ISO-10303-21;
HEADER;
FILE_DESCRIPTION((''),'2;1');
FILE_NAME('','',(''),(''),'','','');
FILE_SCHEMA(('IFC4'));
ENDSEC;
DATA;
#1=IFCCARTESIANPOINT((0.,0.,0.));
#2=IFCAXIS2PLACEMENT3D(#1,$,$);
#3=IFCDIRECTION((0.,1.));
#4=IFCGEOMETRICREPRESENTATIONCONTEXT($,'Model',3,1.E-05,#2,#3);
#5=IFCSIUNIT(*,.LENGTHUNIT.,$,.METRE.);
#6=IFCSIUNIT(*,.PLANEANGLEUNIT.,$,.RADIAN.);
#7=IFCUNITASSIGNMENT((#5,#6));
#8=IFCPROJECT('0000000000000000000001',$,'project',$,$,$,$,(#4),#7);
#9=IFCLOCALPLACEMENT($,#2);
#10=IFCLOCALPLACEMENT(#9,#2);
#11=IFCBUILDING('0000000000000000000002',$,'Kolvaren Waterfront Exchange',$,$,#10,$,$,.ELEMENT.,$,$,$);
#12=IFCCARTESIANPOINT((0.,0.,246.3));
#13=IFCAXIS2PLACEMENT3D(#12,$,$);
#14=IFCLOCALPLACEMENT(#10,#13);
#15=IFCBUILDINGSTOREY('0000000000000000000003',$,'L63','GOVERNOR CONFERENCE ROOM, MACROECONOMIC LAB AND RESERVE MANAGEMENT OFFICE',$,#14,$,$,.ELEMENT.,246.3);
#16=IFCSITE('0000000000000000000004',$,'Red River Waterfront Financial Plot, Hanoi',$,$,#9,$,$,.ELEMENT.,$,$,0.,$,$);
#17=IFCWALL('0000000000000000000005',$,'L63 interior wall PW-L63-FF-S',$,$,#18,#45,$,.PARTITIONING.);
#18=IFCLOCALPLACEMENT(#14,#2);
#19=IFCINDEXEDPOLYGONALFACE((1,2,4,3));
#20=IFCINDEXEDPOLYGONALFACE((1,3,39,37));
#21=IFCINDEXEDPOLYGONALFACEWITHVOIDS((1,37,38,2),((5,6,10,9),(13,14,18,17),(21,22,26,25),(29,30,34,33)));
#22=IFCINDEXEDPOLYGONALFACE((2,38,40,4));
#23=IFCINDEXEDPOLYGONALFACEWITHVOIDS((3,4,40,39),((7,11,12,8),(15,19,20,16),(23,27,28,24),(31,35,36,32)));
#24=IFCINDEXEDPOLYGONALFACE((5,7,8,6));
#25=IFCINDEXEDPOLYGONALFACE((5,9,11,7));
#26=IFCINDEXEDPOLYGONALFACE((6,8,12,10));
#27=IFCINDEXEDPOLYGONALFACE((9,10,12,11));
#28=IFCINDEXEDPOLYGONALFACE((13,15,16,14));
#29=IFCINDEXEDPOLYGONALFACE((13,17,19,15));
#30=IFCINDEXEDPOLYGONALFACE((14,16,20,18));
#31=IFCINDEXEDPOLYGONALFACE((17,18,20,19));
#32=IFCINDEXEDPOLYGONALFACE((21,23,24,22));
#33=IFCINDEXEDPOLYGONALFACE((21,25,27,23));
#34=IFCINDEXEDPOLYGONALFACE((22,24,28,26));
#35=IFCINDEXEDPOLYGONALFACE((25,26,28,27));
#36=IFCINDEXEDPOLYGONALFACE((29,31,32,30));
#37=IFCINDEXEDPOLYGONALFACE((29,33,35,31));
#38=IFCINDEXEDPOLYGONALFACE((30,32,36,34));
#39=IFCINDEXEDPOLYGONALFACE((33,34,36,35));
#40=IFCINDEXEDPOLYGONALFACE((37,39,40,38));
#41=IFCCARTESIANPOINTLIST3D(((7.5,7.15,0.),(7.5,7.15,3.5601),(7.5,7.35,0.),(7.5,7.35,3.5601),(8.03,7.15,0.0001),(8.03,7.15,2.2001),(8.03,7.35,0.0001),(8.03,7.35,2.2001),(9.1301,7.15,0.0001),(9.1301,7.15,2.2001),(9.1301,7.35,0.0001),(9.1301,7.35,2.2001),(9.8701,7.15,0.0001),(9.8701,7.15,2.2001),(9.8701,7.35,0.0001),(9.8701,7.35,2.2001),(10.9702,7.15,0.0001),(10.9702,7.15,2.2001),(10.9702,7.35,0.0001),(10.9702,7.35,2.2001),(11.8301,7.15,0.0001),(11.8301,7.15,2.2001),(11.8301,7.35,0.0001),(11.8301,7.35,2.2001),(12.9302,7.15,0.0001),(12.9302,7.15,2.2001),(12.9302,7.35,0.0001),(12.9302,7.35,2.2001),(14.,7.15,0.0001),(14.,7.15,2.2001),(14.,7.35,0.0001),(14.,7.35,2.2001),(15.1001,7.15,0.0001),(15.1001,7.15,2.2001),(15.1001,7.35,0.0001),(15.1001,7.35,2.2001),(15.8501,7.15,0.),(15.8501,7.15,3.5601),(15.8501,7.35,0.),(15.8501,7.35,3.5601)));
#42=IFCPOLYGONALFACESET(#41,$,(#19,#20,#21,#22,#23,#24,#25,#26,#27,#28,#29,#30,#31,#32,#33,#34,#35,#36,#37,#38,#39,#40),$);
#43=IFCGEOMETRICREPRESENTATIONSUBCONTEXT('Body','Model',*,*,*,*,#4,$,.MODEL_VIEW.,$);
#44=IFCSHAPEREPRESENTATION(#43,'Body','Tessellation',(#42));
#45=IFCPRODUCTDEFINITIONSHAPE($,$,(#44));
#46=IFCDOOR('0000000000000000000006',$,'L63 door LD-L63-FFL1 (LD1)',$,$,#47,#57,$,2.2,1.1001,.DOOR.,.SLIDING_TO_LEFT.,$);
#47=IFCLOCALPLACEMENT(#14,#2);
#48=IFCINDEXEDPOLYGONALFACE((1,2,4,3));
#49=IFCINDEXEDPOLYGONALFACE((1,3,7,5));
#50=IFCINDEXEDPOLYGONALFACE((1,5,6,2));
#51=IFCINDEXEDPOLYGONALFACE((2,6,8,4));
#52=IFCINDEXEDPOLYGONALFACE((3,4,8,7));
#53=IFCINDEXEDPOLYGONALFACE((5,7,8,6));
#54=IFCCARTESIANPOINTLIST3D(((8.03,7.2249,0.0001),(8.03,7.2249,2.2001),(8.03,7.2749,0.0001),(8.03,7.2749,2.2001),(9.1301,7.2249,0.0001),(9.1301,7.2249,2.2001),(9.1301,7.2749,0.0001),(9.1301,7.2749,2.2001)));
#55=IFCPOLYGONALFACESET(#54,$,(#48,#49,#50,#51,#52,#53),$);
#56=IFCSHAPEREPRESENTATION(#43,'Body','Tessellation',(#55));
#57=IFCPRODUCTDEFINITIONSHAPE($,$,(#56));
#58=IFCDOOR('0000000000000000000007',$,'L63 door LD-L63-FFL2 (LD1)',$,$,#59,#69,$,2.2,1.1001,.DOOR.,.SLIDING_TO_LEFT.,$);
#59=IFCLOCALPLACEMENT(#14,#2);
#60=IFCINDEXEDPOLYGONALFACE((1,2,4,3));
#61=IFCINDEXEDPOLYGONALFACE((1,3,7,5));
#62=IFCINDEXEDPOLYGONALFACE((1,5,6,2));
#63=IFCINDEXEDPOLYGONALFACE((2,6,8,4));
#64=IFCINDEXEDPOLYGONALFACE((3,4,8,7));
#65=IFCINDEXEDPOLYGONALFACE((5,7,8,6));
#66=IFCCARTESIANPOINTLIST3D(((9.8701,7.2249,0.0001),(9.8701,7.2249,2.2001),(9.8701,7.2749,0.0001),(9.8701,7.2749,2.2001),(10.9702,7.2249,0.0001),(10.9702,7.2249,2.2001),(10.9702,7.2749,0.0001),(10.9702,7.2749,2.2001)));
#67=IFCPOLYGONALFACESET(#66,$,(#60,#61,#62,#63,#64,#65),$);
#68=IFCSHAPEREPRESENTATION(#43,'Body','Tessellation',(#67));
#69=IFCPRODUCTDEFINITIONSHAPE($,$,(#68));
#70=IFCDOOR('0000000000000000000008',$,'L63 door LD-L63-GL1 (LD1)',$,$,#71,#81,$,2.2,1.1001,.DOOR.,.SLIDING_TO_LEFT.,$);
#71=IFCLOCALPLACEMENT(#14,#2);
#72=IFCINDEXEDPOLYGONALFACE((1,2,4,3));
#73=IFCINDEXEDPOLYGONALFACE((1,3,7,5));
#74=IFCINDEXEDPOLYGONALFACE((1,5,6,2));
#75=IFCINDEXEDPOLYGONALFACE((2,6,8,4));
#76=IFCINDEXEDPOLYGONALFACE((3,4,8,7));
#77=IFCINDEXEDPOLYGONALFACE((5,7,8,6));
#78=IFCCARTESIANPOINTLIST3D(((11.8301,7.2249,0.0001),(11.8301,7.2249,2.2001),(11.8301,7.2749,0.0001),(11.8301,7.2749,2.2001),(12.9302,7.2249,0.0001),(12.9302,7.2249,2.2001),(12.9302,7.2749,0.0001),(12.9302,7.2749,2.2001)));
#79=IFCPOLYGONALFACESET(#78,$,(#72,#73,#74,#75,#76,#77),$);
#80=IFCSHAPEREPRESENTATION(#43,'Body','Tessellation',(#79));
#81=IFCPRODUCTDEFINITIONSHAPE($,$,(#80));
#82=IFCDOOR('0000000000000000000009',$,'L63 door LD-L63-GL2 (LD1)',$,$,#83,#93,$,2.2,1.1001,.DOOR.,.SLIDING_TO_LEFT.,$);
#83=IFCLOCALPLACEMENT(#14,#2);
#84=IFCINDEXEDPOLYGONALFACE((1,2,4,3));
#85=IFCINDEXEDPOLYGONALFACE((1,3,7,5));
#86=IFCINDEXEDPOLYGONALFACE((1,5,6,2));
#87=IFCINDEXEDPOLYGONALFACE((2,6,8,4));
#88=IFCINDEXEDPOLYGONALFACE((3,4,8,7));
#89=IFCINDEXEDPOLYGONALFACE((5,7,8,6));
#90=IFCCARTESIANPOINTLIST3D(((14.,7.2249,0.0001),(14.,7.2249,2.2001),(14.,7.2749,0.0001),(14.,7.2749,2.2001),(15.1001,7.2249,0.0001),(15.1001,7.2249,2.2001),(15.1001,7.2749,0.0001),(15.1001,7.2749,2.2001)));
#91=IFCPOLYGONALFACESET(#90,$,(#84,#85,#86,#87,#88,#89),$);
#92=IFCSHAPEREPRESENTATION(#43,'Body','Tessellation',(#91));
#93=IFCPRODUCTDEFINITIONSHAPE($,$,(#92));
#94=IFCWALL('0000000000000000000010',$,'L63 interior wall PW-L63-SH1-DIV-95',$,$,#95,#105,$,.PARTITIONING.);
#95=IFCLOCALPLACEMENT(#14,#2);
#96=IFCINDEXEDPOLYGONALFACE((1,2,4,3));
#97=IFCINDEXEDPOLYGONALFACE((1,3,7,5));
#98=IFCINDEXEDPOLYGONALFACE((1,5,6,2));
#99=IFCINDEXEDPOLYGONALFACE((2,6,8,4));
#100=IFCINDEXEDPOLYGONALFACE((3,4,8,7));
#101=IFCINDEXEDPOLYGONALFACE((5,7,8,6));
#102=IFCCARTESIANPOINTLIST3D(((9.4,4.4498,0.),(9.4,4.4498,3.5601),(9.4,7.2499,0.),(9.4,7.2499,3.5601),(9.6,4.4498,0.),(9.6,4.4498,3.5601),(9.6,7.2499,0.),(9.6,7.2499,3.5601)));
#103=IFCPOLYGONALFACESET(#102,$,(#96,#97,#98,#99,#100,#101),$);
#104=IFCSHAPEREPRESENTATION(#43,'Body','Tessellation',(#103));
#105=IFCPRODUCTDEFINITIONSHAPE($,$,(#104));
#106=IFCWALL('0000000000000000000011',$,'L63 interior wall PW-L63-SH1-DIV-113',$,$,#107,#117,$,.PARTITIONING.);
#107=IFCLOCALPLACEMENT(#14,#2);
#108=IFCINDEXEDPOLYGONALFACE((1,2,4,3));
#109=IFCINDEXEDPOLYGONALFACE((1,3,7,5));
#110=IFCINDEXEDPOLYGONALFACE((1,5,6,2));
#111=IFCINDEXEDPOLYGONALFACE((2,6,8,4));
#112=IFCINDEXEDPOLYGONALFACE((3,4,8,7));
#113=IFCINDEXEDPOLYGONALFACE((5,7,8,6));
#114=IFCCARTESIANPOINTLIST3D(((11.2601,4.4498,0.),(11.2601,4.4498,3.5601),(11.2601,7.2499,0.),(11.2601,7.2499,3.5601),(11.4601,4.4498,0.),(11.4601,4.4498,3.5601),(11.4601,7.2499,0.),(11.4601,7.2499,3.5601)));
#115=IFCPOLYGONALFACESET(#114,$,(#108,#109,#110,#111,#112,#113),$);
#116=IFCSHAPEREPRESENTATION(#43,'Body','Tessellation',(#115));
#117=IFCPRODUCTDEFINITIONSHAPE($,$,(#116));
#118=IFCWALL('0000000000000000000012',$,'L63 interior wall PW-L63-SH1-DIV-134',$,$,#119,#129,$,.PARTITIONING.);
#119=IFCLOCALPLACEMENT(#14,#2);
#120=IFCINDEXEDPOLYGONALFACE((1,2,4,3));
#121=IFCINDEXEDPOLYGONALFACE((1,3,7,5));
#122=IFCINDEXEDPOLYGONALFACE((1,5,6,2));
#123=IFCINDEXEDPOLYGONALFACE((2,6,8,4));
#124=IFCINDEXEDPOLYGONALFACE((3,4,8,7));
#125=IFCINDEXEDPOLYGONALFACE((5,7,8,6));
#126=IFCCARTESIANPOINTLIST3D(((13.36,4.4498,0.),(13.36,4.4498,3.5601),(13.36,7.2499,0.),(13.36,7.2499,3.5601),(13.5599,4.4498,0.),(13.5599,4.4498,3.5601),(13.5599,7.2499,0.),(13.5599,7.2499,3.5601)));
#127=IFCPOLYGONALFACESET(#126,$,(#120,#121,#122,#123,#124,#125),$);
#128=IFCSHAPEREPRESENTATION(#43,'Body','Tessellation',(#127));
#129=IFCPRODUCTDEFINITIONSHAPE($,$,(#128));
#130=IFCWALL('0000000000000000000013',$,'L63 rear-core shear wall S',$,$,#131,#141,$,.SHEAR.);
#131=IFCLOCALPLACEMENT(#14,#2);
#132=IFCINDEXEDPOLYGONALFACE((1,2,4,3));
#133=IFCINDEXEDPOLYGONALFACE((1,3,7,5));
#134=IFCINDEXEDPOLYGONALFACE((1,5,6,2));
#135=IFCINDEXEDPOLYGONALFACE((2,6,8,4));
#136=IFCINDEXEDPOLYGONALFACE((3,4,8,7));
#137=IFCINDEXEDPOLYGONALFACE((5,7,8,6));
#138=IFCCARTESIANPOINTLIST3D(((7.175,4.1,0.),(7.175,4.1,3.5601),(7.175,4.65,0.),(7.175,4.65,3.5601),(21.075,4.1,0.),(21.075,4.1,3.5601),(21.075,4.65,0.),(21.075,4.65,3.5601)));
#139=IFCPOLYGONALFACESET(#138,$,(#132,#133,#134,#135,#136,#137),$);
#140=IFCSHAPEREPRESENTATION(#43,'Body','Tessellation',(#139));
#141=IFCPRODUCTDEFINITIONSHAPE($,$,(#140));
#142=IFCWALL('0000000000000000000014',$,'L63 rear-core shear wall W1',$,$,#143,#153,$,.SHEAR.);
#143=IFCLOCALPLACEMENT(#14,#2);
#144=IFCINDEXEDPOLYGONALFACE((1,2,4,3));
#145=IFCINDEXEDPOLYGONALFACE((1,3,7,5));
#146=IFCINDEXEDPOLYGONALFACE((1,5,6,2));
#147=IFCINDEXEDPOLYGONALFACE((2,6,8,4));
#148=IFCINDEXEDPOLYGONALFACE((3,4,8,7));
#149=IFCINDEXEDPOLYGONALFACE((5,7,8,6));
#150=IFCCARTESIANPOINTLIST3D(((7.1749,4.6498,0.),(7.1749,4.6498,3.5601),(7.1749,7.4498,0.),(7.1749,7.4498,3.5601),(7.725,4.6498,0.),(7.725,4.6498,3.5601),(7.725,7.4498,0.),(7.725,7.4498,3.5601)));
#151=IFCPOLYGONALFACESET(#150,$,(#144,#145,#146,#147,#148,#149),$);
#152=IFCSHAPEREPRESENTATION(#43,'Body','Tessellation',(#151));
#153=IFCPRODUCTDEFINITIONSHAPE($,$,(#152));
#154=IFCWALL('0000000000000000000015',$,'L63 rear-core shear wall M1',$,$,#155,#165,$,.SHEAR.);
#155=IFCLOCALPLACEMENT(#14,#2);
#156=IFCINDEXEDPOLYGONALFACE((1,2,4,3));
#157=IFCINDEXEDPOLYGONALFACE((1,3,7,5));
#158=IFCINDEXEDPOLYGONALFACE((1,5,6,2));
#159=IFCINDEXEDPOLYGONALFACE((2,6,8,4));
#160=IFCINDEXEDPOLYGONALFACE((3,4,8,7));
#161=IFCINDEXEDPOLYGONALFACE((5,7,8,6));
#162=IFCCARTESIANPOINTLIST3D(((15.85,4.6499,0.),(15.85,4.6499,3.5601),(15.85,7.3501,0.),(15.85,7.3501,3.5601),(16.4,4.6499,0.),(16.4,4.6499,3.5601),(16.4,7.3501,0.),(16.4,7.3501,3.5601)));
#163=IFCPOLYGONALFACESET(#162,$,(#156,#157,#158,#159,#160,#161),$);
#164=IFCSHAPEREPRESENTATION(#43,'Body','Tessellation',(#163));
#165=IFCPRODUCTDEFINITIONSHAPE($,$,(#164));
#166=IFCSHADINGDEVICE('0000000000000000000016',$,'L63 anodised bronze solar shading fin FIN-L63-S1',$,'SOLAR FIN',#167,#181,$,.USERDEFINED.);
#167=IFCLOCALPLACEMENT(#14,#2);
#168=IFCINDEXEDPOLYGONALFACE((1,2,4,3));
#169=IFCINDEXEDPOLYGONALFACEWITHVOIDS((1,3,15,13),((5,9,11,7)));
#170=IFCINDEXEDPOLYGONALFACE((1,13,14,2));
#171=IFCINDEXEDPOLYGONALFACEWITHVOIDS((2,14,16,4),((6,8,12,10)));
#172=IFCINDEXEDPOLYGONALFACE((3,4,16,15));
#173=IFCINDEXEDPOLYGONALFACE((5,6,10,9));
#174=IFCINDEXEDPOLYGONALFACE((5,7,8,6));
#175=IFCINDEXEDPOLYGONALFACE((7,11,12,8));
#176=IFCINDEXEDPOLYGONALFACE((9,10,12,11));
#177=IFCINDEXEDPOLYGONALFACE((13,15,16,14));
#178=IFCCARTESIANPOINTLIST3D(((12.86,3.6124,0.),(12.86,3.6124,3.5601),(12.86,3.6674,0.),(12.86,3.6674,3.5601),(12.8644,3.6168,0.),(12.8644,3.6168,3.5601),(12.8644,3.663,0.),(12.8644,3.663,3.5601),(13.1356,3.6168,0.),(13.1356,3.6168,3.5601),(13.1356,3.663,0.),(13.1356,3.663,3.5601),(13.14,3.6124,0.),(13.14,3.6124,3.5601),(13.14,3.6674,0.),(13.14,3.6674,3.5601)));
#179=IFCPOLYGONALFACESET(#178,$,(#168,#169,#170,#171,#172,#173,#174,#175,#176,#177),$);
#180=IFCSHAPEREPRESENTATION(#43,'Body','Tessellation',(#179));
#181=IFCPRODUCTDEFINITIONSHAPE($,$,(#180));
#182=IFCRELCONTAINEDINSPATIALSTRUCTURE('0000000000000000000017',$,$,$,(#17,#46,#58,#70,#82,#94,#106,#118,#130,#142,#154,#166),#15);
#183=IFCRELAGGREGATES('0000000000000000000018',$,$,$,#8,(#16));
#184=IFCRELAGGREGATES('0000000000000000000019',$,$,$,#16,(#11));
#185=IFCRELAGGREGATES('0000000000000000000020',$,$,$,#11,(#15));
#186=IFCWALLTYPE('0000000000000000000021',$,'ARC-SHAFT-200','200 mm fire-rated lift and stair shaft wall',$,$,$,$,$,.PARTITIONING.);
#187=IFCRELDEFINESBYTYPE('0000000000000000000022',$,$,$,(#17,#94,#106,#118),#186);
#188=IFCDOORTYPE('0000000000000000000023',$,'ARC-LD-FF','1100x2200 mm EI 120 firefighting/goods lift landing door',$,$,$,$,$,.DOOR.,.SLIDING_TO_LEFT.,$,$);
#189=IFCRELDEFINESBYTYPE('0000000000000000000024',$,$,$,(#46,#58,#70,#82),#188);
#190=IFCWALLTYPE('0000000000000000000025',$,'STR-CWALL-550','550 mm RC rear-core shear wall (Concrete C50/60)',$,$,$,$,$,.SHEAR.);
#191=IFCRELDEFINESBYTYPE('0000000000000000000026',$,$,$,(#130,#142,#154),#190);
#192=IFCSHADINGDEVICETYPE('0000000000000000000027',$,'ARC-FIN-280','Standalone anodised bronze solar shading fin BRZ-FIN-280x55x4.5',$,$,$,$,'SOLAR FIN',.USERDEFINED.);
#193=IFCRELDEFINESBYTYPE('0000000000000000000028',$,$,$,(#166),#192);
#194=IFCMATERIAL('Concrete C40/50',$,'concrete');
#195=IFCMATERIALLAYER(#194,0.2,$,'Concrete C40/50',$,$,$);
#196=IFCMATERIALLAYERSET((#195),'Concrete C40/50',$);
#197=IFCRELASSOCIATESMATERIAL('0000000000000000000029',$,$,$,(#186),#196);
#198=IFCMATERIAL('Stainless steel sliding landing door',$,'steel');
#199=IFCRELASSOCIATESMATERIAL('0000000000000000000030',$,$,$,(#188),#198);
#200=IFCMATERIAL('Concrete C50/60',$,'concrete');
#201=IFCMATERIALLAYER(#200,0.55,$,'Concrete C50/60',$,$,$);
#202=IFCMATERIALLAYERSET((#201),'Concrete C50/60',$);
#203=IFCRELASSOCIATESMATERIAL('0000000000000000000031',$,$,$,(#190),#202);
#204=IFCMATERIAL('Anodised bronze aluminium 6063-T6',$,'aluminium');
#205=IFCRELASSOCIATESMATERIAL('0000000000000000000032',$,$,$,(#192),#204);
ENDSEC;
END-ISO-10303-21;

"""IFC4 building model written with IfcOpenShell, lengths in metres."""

from ifc_helpers import new_model, si_unit, direction, frame, frame_2d, origin, origin_2d, place, context, subcontext, project, spatial, rectangle, hollow_rectangle, extrude, material, layer, layer_set, material_profile, profile_set, type_object, element, fill, save


model = new_model("IFC4")

# Units and contexts
model_context = context("Model", 3, precision=1e-05, world=origin(), true_north=direction((0.0, 1.0)))
body_context = subcontext(model_context, "Body", "Model", "MODEL_VIEW")
ifc_project = project(units=[si_unit("LENGTHUNIT", "METRE"), si_unit("PLANEANGLEUNIT", "RADIAN")], contexts=[model_context])

# Site, building, storey
site_placement = place(None, origin())
site = spatial("IfcSite", under=ifc_project, at=site_placement, Name="Red River Waterfront Financial Plot, Hanoi", CompositionType="ELEMENT", RefElevation=0.0)
building_placement = place(site_placement, origin())
building = spatial("IfcBuilding", under=site, at=building_placement, Name="Kolvaren Waterfront Exchange", CompositionType="ELEMENT")
storey_placement = place(building_placement, frame((0.0, 0.0, 246.3)))
storey = spatial("IfcBuildingStorey", under=building, at=storey_placement, Name="L63", Description="GOVERNOR CONFERENCE ROOM, MACROECONOMIC LAB AND RESERVE MANAGEMENT OFFICE", CompositionType="ELEMENT", Elevation=246.3)

# Shared definitions
ifc_material_1 = material(Name="Concrete C50/60", Category="concrete")

# Shared definitions
ifc_material_2 = material(Name="Anodised bronze aluminium 6063-T6", Category="aluminium")

# Wall, openings, doors
ifc_material_3 = material(Name="Concrete C40/50", Category="concrete")
ifc_layer_1 = layer(ifc_material_3, 0.2, Name="Concrete C40/50")
ifc_layer_set_1 = layer_set([ifc_layer_1], Name="Concrete C40/50")
wall_type_1 = type_object("IfcWallType", Name="ARC-SHAFT-200", Description="200 mm fire-rated lift and stair shaft wall", PredefinedType="PARTITIONING", material=ifc_layer_set_1)
wall_1_placement = place(storey_placement, frame((7.5, 7.25, 0.0), z_axis=(0.0, 0.0, 1.0), x_axis=(1.0, 0.0, 0.0)))
wall_1 = element("IfcWall", 1, at=wall_1_placement, inside=storey, type_object=wall_type_1, Name="L63 interior wall PW-L63-FF-S", PredefinedType="PARTITIONING", context=body_context, shape_type="SweptSolid", body=[
    extrude(rectangle(XDim=8.3501, YDim=0.2, at=frame_2d((4.175, 0.0))), origin(), (0.0, 0.0, 1.0), 3.5601),
])
opening_1_placement = place(wall_1_placement, frame((0.53, 0.0, 0.0)))
opening_1 = element("IfcOpeningElement", 2, at=opening_1_placement, cuts=wall_1, PredefinedType="OPENING", context=body_context, shape_type="SweptSolid", body=[
    extrude(rectangle(XDim=1.1001, YDim=2.2, at=frame_2d((0.55, 1.1001))), frame((0.0, 0.1099, 0.0), z_axis=(0.0, -1.0, 0.0), x_axis=(1.0, 0.0, 0.0)), (0.0, 0.0, 1.0), 0.22),
])
opening_2_placement = place(wall_1_placement, frame((2.3701, 0.0, 0.0)))
opening_2 = element("IfcOpeningElement", 3, at=opening_2_placement, cuts=wall_1, PredefinedType="OPENING", context=body_context, shape_type="SweptSolid", body=[
    extrude(rectangle(XDim=1.1001, YDim=2.2, at=frame_2d((0.55, 1.1001))), frame((0.0, 0.1099, 0.0), z_axis=(0.0, -1.0, 0.0), x_axis=(1.0, 0.0, 0.0)), (0.0, 0.0, 1.0), 0.22),
])
opening_3_placement = place(wall_1_placement, frame((4.3301, 0.0, 0.0)))
opening_3 = element("IfcOpeningElement", 4, at=opening_3_placement, cuts=wall_1, PredefinedType="OPENING", context=body_context, shape_type="SweptSolid", body=[
    extrude(rectangle(XDim=1.1001, YDim=2.2, at=frame_2d((0.55, 1.1001))), frame((0.0, 0.1099, 0.0), z_axis=(0.0, -1.0, 0.0), x_axis=(1.0, 0.0, 0.0)), (0.0, 0.0, 1.0), 0.22),
])
opening_4_placement = place(wall_1_placement, frame((6.5, 0.0, 0.0)))
opening_4 = element("IfcOpeningElement", 5, at=opening_4_placement, cuts=wall_1, PredefinedType="OPENING", context=body_context, shape_type="SweptSolid", body=[
    extrude(rectangle(XDim=1.1001, YDim=2.2, at=frame_2d((0.55, 1.1001))), frame((0.0, 0.1099, 0.0), z_axis=(0.0, -1.0, 0.0), x_axis=(1.0, 0.0, 0.0)), (0.0, 0.0, 1.0), 0.22),
])
ifc_material_4 = material(Name="Stainless steel sliding landing door", Category="steel")
door_type = type_object("IfcDoorType", Name="ARC-LD-FF", Description="1100x2200 mm EI 120 firefighting/goods lift landing door", OperationType="SLIDING_TO_LEFT", PredefinedType="DOOR", material=ifc_material_4)
door_1_placement = place(opening_1_placement, origin())
door_1 = element("IfcDoor", 6, at=door_1_placement, inside=storey, type_object=door_type, Name="L63 door LD-L63-FFL1 (LD1)", OperationType="SLIDING_TO_LEFT", OverallHeight=2.2, OverallWidth=1.1001, PredefinedType="DOOR", context=body_context, shape_type="SweptSolid", body=[
    extrude(rectangle(XDim=1.1001, YDim=2.2, at=frame_2d((0.55, 1.1001))), frame((0.0, 0.0249, 0.0), z_axis=(0.0, -1.0, 0.0), x_axis=(1.0, 0.0, 0.0)), (0.0, 0.0, 1.0), 0.05),
])
fill(opening_1, door_1)
door_2_placement = place(opening_2_placement, origin())
door_2 = element("IfcDoor", 7, at=door_2_placement, inside=storey, type_object=door_type, Name="L63 door LD-L63-FFL2 (LD1)", OperationType="SLIDING_TO_LEFT", OverallHeight=2.2, OverallWidth=1.1001, PredefinedType="DOOR", context=body_context, shape_type="SweptSolid", body=[
    extrude(rectangle(XDim=1.1001, YDim=2.2, at=frame_2d((0.55, 1.1001))), frame((0.0, 0.0249, 0.0), z_axis=(0.0, -1.0, 0.0), x_axis=(1.0, 0.0, 0.0)), (0.0, 0.0, 1.0), 0.05),
])
fill(opening_2, door_2)
door_3_placement = place(opening_3_placement, origin())
door_3 = element("IfcDoor", 8, at=door_3_placement, inside=storey, type_object=door_type, Name="L63 door LD-L63-GL1 (LD1)", OperationType="SLIDING_TO_LEFT", OverallHeight=2.2, OverallWidth=1.1001, PredefinedType="DOOR", context=body_context, shape_type="SweptSolid", body=[
    extrude(rectangle(XDim=1.1001, YDim=2.2, at=frame_2d((0.55, 1.1001))), frame((0.0, 0.0249, 0.0), z_axis=(0.0, -1.0, 0.0), x_axis=(1.0, 0.0, 0.0)), (0.0, 0.0, 1.0), 0.05),
])
fill(opening_3, door_3)
door_4_placement = place(opening_4_placement, origin())
door_4 = element("IfcDoor", 9, at=door_4_placement, inside=storey, type_object=door_type, Name="L63 door LD-L63-GL2 (LD1)", OperationType="SLIDING_TO_LEFT", OverallHeight=2.2, OverallWidth=1.1001, PredefinedType="DOOR", context=body_context, shape_type="SweptSolid", body=[
    extrude(rectangle(XDim=1.1001, YDim=2.2, at=frame_2d((0.55, 1.1001))), frame((0.0, 0.0249, 0.0), z_axis=(0.0, -1.0, 0.0), x_axis=(1.0, 0.0, 0.0)), (0.0, 0.0, 1.0), 0.05),
])
fill(opening_4, door_4)

# Walls
for number, where, z_axis, x_axis, name in (
    (10, (9.5, 4.45, 0.0), (0.0, 0.0, 1.0), (0.0, 1.0, 0.0), "L63 interior wall PW-L63-SH1-DIV-95"),
    (11, (11.3601, 4.45, 0.0), (0.0, 0.0, 1.0), (0.0, 1.0, 0.0), "L63 interior wall PW-L63-SH1-DIV-113"),
    (12, (13.46, 4.45, 0.0), (0.0, 0.0, 1.0), (0.0, 1.0, 0.0), "L63 interior wall PW-L63-SH1-DIV-134"),
):
    element("IfcWall", number, at=place(storey_placement, frame(where, z_axis=z_axis, x_axis=x_axis)), inside=storey, type_object=wall_type_1, Name=name, PredefinedType="PARTITIONING", context=body_context, shape_type="SweptSolid", body=[
        extrude(rectangle(XDim=2.8, YDim=0.2, at=frame_2d((1.3999, 0.0))), origin(), (0.0, 0.0, 1.0), 3.5601),
    ])
ifc_layer_2 = layer(ifc_material_1, 0.55, Name="Concrete C50/60")
ifc_layer_set_2 = layer_set([ifc_layer_2], Name="Concrete C50/60")
wall_type_2 = type_object("IfcWallType", Name="STR-CWALL-550", Description="550 mm RC rear-core shear wall (Concrete C50/60)", PredefinedType="SHEAR", material=ifc_layer_set_2)
wall_2_placement = place(storey_placement, frame((7.175, 4.375, 0.0), z_axis=(0.0, 0.0, 1.0), x_axis=(1.0, 0.0, 0.0)))
element("IfcWall", 13, at=wall_2_placement, inside=storey, type_object=wall_type_2, Name="L63 rear-core shear wall S", PredefinedType="SHEAR", context=body_context, shape_type="SweptSolid", body=[
    extrude(rectangle(XDim=13.8999, YDim=0.55, at=frame_2d((6.95, 0.0))), origin(), (0.0, 0.0, 1.0), 3.5601),
])
wall_3_placement = place(storey_placement, frame((7.45, 4.6499, 0.0), z_axis=(0.0, 0.0, 1.0), x_axis=(0.0, 1.0, 0.0)))
element("IfcWall", 14, at=wall_3_placement, inside=storey, type_object=wall_type_2, Name="L63 rear-core shear wall W1", PredefinedType="SHEAR", context=body_context, shape_type="SweptSolid", body=[
    extrude(rectangle(XDim=2.8, YDim=0.55, at=frame_2d((1.3999, 0.0))), origin(), (0.0, 0.0, 1.0), 3.5601),
])
wall_4_placement = place(storey_placement, frame((16.125, 4.6499, 0.0), z_axis=(0.0, 0.0, 1.0), x_axis=(0.0, 1.0, 0.0)))
element("IfcWall", 15, at=wall_4_placement, inside=storey, type_object=wall_type_2, Name="L63 rear-core shear wall M1", PredefinedType="SHEAR", context=body_context, shape_type="SweptSolid", body=[
    extrude(rectangle(XDim=2.7002, YDim=0.55, at=frame_2d((1.3501, 0.0))), origin(), (0.0, 0.0, 1.0), 3.5601),
])

# Shading device
ifc_material_profile_1 = material_profile(ifc_material_2, hollow_rectangle(XDim=0.0549, YDim=0.28, WallThickness=0.0044, at=origin_2d()), Name="BRZ-FIN-280x55x4.5")
ifc_profile_set_1 = profile_set([ifc_material_profile_1], Name="Anodised bronze aluminium 6063-T6")
shading_device_type = type_object("IfcShadingDeviceType", Name="ARC-FIN-280", Description="Standalone anodised bronze solar shading fin BRZ-FIN-280x55x4.5", ElementType="SOLAR FIN", PredefinedType="USERDEFINED", material=ifc_profile_set_1)
shading_device_placement = place(storey_placement, frame((13.0, 3.6399, 0.0), z_axis=(0.0, 0.0, 1.0), x_axis=(0.0, -1.0, 0.0)))
element("IfcShadingDevice", 16, at=shading_device_placement, inside=storey, type_object=shading_device_type, Name="L63 anodised bronze solar shading fin FIN-L63-S1", ObjectType="SOLAR FIN", PredefinedType="USERDEFINED", context=body_context, shape_type="SweptSolid", body=[
    extrude(hollow_rectangle(XDim=0.0549, YDim=0.28, WallThickness=0.0044, at=origin_2d()), origin(), (0.0, 0.0, 1.0), 3.5601),
])

save(model, "model.ifc")
